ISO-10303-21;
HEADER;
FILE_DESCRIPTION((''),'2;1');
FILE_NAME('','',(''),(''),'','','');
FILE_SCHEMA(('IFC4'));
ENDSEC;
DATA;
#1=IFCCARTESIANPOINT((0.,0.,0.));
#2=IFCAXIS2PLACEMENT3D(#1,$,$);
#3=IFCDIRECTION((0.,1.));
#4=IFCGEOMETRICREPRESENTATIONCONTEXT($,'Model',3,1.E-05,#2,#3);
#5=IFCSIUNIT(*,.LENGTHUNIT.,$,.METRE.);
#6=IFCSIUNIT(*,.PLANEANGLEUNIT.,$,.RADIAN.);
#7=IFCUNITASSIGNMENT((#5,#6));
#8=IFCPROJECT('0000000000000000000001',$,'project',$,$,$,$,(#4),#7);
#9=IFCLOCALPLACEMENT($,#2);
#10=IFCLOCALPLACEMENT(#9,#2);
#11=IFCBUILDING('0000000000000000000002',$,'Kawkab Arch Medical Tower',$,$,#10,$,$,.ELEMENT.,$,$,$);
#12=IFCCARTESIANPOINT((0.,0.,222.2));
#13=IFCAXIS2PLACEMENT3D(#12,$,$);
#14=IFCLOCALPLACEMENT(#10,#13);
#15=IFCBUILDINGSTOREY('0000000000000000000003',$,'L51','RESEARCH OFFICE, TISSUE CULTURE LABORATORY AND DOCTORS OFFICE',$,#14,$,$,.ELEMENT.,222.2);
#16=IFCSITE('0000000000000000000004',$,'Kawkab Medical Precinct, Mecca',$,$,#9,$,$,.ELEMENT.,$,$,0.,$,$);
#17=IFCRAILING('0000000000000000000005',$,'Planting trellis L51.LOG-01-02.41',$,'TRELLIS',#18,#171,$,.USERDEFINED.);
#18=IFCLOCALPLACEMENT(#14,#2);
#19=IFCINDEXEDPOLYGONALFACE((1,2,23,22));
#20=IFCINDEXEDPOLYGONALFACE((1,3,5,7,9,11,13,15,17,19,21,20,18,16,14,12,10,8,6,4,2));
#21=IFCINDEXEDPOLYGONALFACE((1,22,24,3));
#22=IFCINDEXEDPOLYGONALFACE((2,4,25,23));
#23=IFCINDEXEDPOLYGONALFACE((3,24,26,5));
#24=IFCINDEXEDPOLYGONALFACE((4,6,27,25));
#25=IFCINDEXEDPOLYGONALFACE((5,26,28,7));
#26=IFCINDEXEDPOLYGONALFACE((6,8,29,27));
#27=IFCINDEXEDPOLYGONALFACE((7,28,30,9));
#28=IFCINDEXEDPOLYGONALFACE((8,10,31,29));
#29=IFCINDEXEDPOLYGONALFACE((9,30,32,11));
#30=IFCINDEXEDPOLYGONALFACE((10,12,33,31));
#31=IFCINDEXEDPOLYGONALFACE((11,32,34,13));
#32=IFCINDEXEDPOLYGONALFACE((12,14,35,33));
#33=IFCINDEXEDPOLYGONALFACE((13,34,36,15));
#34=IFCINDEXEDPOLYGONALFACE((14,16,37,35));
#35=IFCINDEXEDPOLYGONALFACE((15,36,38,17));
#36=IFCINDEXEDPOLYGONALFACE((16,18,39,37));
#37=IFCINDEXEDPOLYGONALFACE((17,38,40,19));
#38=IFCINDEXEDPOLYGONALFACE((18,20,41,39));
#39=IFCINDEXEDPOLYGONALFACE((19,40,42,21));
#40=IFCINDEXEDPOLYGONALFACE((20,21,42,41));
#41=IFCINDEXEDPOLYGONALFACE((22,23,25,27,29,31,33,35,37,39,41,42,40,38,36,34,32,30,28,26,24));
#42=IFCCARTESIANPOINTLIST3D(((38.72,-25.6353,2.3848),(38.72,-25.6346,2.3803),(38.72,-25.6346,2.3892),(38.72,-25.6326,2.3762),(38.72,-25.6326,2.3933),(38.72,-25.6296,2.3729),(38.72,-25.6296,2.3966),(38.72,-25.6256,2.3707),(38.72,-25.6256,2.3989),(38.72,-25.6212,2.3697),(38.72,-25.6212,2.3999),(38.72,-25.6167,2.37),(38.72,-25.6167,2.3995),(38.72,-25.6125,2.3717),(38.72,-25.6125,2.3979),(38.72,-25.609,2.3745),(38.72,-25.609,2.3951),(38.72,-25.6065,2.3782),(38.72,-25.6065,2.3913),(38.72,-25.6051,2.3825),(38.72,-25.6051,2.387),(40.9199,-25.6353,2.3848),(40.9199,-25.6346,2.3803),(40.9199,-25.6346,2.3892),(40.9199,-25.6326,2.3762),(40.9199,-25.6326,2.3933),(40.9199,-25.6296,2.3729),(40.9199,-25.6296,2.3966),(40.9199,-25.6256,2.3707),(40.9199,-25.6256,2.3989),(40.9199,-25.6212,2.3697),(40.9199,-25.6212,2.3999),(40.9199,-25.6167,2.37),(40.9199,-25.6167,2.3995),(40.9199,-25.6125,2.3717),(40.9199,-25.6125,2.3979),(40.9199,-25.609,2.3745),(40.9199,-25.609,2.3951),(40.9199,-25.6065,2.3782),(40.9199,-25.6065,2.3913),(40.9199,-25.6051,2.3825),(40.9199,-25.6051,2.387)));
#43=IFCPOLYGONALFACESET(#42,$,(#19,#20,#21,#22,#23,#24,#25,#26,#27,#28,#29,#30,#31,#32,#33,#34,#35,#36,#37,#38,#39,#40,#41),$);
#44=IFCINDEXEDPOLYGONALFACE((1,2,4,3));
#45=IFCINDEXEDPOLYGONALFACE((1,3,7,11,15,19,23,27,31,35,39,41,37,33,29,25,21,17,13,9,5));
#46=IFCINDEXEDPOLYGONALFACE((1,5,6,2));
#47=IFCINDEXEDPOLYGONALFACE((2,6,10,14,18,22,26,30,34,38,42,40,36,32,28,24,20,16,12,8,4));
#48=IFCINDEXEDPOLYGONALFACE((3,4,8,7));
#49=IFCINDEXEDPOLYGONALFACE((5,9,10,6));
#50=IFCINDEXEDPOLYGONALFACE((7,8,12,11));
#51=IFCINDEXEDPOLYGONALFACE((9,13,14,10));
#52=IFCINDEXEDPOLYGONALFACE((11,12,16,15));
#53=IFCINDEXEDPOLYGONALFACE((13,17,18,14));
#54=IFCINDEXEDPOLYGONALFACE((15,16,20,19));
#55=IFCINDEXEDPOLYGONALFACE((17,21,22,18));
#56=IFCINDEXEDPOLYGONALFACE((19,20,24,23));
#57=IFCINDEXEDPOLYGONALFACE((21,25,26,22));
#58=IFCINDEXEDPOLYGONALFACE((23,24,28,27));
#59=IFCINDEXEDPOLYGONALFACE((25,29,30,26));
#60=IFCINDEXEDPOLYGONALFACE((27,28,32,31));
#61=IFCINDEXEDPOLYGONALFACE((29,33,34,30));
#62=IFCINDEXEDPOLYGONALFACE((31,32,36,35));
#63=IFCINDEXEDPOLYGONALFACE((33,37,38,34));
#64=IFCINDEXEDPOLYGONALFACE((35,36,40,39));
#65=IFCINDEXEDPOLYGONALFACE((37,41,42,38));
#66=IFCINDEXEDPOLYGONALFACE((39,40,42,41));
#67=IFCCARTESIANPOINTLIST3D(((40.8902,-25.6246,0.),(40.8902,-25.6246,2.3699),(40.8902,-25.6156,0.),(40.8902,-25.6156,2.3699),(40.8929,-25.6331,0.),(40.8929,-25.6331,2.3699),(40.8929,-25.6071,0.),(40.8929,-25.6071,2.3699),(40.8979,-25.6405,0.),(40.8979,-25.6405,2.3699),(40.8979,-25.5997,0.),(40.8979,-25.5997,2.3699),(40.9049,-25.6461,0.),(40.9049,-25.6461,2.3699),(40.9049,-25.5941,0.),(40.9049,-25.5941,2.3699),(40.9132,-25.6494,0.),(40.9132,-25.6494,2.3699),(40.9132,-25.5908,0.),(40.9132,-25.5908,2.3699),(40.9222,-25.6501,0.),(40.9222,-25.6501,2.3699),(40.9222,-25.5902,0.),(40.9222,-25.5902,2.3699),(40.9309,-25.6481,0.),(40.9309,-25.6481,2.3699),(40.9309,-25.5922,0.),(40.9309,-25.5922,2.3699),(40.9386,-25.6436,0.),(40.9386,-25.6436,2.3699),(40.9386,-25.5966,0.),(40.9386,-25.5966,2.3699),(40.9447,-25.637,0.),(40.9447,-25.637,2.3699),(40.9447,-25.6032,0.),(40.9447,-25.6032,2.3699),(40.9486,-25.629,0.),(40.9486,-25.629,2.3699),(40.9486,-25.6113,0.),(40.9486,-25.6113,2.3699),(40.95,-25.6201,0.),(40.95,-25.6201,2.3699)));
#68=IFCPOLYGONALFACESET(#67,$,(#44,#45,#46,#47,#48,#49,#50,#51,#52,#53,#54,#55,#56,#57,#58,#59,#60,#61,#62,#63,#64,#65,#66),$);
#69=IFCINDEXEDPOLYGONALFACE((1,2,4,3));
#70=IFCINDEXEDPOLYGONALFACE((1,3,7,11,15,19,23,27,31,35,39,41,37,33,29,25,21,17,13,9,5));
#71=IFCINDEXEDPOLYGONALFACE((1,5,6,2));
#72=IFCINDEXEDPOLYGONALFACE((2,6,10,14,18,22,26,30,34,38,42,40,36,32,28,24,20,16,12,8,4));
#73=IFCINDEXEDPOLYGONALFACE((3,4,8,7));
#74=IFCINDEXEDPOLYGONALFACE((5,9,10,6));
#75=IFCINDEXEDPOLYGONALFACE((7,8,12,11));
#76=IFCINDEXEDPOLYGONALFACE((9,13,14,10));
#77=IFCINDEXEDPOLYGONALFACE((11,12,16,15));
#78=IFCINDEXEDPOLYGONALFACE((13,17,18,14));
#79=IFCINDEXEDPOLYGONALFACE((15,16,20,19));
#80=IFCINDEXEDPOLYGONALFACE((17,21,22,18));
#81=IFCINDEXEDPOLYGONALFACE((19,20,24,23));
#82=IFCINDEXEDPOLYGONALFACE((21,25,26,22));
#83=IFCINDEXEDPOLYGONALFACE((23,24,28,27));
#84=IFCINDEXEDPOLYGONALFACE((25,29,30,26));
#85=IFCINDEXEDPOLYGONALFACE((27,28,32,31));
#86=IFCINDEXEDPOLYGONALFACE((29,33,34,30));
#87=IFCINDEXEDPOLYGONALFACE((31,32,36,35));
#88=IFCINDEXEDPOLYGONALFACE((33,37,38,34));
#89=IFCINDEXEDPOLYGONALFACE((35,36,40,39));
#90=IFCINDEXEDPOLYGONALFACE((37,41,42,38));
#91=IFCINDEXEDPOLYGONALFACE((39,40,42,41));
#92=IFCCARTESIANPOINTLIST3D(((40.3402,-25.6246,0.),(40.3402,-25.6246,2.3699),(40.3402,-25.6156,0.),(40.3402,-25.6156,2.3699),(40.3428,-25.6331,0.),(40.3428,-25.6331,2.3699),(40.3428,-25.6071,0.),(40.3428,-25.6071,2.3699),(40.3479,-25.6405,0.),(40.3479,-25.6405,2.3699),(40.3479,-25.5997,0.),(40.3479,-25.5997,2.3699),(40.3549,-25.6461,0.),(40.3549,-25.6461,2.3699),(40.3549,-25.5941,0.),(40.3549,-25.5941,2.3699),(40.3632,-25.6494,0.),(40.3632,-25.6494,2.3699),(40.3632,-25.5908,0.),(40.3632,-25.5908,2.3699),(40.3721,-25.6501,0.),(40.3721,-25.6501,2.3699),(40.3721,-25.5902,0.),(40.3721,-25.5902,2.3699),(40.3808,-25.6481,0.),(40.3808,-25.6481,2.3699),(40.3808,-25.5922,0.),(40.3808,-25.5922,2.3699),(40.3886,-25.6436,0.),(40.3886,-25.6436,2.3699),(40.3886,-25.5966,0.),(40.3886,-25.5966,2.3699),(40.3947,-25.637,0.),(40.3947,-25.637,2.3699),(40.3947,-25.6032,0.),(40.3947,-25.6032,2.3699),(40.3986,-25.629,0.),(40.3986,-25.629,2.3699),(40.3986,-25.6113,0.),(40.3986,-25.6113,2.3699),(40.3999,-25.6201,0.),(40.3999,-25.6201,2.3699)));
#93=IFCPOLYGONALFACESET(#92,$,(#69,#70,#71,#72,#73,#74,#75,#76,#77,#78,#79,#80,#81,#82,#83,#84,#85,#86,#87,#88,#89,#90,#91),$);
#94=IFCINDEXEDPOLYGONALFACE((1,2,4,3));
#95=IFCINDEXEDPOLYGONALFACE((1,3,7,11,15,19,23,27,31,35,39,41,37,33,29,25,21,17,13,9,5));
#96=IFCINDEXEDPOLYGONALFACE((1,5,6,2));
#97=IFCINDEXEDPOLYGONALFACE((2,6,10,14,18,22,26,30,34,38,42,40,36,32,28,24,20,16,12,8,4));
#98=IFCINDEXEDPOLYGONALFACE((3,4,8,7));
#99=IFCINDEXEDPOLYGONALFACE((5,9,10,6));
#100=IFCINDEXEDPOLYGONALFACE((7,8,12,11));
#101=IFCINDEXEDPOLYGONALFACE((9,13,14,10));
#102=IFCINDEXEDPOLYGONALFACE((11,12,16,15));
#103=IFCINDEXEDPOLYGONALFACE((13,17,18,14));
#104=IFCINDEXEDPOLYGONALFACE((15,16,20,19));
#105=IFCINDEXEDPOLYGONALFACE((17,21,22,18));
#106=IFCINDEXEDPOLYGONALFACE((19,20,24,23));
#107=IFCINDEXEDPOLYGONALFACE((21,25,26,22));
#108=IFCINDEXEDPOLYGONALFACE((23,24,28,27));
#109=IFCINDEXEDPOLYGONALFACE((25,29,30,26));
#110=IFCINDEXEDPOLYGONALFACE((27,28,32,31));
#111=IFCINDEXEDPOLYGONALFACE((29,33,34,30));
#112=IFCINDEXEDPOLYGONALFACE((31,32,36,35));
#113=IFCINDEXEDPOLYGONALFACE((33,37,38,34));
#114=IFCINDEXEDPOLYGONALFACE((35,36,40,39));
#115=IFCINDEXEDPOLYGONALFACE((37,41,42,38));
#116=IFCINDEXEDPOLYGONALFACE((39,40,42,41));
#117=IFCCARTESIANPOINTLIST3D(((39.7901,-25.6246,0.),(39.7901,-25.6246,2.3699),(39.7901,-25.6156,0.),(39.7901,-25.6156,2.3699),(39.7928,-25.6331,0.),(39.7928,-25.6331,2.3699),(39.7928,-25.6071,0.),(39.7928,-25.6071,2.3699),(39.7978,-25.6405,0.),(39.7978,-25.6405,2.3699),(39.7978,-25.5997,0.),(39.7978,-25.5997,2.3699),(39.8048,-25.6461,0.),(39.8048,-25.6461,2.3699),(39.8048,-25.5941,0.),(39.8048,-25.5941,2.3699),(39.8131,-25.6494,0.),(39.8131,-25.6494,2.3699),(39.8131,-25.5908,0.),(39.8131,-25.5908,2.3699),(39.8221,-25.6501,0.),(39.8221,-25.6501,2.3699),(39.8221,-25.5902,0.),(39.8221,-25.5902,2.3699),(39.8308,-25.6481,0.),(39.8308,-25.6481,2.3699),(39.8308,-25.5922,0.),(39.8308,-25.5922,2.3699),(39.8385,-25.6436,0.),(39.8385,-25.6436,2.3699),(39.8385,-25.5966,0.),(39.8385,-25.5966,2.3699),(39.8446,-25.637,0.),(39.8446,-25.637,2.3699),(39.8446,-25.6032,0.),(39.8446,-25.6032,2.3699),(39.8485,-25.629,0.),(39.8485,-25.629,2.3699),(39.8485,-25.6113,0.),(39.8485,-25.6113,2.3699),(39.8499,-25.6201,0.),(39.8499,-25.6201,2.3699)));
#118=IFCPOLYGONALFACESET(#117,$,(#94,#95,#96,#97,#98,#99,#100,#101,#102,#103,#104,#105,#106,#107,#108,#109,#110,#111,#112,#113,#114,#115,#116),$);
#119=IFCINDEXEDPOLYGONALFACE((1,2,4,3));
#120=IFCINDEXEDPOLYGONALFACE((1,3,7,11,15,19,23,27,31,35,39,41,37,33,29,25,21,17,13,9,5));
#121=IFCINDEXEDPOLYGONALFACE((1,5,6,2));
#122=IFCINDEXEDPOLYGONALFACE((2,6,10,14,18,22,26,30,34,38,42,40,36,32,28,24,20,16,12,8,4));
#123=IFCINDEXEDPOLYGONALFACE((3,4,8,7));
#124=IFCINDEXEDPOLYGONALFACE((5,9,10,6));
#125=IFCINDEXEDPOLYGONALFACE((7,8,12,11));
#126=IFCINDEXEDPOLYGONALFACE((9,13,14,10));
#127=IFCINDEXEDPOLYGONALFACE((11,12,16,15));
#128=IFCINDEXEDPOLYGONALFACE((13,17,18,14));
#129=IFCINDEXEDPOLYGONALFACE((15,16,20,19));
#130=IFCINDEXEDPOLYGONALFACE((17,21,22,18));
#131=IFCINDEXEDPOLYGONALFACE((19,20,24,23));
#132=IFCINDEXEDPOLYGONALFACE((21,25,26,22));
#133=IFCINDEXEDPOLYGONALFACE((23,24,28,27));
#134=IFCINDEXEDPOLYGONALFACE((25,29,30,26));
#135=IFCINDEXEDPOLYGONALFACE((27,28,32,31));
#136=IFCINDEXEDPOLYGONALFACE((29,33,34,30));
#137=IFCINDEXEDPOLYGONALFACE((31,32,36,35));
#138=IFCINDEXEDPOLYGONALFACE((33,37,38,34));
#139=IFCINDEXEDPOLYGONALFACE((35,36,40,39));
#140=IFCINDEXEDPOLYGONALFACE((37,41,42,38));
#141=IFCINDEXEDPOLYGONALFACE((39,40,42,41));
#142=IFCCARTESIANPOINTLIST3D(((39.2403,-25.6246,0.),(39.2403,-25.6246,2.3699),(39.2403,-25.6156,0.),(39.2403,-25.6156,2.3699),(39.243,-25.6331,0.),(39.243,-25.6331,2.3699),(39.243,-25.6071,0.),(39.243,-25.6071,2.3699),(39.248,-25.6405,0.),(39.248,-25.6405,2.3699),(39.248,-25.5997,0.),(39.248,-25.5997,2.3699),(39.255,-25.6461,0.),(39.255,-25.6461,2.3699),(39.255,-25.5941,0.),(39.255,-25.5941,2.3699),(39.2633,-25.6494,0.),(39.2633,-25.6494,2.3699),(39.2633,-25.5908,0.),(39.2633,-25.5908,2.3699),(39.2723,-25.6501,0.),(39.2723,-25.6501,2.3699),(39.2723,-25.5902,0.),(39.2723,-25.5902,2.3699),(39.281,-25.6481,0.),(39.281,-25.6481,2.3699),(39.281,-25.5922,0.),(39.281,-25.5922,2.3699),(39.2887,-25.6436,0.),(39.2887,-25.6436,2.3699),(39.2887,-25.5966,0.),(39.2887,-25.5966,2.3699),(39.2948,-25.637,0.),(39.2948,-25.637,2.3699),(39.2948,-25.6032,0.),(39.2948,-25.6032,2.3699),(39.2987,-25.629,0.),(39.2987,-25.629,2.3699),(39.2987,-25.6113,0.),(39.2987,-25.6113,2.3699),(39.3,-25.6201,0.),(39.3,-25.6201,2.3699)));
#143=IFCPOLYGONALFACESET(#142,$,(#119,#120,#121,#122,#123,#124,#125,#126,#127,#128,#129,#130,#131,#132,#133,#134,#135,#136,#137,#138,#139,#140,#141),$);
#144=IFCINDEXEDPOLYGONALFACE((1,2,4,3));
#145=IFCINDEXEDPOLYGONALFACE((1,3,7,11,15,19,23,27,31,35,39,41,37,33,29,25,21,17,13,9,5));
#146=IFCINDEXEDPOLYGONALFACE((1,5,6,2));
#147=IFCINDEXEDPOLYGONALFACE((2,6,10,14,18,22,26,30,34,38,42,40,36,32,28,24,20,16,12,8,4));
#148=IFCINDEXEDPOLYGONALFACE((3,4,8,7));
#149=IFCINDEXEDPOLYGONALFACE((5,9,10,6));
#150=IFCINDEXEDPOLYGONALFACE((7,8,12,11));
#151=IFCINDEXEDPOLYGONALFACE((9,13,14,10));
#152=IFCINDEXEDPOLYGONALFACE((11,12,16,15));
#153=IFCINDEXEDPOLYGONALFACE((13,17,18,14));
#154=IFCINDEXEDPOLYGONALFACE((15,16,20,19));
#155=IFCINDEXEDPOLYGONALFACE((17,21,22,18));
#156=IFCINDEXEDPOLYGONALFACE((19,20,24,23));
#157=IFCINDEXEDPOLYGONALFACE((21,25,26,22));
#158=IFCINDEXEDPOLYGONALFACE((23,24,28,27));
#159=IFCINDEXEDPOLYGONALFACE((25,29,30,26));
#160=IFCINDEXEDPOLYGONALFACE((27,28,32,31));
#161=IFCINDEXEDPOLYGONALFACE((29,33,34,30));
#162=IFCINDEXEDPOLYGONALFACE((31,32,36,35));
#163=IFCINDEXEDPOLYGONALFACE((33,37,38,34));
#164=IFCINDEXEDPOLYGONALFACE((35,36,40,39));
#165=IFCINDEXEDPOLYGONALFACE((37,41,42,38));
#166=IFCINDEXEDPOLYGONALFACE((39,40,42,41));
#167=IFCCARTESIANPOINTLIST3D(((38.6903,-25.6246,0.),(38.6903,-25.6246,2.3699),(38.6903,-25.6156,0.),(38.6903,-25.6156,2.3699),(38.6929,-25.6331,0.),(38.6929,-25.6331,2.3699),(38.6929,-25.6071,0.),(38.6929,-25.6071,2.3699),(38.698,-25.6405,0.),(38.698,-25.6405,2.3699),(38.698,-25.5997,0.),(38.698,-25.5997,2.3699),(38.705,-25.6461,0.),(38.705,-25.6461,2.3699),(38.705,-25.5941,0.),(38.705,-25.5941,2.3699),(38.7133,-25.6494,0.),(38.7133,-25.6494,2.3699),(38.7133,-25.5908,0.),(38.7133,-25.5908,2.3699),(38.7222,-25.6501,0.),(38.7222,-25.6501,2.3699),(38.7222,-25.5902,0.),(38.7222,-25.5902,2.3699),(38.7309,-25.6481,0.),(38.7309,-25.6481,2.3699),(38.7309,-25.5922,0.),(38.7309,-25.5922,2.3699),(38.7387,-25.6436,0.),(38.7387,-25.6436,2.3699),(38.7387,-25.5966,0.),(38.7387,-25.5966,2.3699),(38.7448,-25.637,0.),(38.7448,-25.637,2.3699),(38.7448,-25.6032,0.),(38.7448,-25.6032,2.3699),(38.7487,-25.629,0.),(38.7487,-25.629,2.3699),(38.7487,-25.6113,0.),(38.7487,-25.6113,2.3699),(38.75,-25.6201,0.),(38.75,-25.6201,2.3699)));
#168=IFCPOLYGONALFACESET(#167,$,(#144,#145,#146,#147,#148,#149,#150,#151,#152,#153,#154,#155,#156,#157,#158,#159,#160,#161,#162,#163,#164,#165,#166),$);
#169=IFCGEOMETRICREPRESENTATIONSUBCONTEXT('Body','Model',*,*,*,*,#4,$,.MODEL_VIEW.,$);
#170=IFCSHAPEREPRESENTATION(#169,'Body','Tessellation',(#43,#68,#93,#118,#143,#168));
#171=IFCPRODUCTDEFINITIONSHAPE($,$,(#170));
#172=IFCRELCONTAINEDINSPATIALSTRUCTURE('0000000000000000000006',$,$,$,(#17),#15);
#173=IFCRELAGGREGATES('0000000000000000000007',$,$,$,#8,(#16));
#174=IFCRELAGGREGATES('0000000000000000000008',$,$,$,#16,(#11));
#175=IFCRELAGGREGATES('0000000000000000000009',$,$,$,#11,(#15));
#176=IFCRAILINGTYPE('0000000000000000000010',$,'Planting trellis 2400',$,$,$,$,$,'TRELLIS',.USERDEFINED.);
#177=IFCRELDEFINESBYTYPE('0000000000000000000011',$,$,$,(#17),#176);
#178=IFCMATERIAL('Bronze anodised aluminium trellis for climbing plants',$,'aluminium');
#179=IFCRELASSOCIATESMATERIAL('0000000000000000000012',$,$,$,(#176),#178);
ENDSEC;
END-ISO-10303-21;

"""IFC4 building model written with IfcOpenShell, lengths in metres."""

from ifc_helpers import new_model, si_unit, direction, frame, origin, origin_2d, place, context, subcontext, project, spatial, circle, extrude, material, type_object, element, save


model = new_model("IFC4")

# Units and contexts
model_context = context("Model", 3, precision=1e-05, world=origin(), true_north=direction((0.0, 1.0)))
body_context = subcontext(model_context, "Body", "Model", "MODEL_VIEW")
ifc_project = project(units=[si_unit("LENGTHUNIT", "METRE"), si_unit("PLANEANGLEUNIT", "RADIAN")], contexts=[model_context])

# Site, building, storey
site_placement = place(None, origin())
site = spatial("IfcSite", under=ifc_project, at=site_placement, Name="Kawkab Medical Precinct, Mecca", CompositionType="ELEMENT", RefElevation=0.0)
building_placement = place(site_placement, origin())
building = spatial("IfcBuilding", under=site, at=building_placement, Name="Kawkab Arch Medical Tower", CompositionType="ELEMENT")
storey_placement = place(building_placement, frame((0.0, 0.0, 222.2)))
storey = spatial("IfcBuildingStorey", under=building, at=storey_placement, Name="L51", Description="RESEARCH OFFICE, TISSUE CULTURE LABORATORY AND DOCTORS OFFICE", CompositionType="ELEMENT", Elevation=222.2)

# Railing
ifc_material_1 = material(Name="Bronze anodised aluminium trellis for climbing plants", Category="aluminium")
railing_type_1 = type_object("IfcRailingType", Name="Planting trellis 2400", ElementType="TRELLIS", PredefinedType="USERDEFINED", material=ifc_material_1)
railing_1_placement = place(storey_placement, frame((40.9199, -25.6201, 0.0)))
element("IfcRailing", 1, at=railing_1_placement, inside=storey, type_object=railing_type_1, Name="Planting trellis L51.LOG-01-02.41", ObjectType="TRELLIS", PredefinedType="USERDEFINED", context=body_context, shape_type="SweptSolid", body=[
    extrude(circle(Radius=0.0151, at=origin_2d()), frame((0.0, 0.0, 2.3848), z_axis=(-1.0, 0.0, 0.0), x_axis=(0.0, -1.0, 0.0)), (0.0, 0.0, 1.0), 2.2),
    extrude(circle(Radius=0.03, at=origin_2d()), origin(), (0.0, 0.0, 1.0), 2.3699),
    extrude(circle(Radius=0.03, at=origin_2d()), frame((-0.55, 0.0, 0.0)), (0.0, 0.0, 1.0), 2.3699),
    extrude(circle(Radius=0.03, at=origin_2d()), frame((-1.1001, 0.0, 0.0)), (0.0, 0.0, 1.0), 2.3699),
    extrude(circle(Radius=0.03, at=origin_2d()), frame((-1.6499, 0.0, 0.0)), (0.0, 0.0, 1.0), 2.3699),
    extrude(circle(Radius=0.03, at=origin_2d()), frame((-2.2, 0.0, 0.0)), (0.0, 0.0, 1.0), 2.3699),
])

save(model, "model.ifc")
